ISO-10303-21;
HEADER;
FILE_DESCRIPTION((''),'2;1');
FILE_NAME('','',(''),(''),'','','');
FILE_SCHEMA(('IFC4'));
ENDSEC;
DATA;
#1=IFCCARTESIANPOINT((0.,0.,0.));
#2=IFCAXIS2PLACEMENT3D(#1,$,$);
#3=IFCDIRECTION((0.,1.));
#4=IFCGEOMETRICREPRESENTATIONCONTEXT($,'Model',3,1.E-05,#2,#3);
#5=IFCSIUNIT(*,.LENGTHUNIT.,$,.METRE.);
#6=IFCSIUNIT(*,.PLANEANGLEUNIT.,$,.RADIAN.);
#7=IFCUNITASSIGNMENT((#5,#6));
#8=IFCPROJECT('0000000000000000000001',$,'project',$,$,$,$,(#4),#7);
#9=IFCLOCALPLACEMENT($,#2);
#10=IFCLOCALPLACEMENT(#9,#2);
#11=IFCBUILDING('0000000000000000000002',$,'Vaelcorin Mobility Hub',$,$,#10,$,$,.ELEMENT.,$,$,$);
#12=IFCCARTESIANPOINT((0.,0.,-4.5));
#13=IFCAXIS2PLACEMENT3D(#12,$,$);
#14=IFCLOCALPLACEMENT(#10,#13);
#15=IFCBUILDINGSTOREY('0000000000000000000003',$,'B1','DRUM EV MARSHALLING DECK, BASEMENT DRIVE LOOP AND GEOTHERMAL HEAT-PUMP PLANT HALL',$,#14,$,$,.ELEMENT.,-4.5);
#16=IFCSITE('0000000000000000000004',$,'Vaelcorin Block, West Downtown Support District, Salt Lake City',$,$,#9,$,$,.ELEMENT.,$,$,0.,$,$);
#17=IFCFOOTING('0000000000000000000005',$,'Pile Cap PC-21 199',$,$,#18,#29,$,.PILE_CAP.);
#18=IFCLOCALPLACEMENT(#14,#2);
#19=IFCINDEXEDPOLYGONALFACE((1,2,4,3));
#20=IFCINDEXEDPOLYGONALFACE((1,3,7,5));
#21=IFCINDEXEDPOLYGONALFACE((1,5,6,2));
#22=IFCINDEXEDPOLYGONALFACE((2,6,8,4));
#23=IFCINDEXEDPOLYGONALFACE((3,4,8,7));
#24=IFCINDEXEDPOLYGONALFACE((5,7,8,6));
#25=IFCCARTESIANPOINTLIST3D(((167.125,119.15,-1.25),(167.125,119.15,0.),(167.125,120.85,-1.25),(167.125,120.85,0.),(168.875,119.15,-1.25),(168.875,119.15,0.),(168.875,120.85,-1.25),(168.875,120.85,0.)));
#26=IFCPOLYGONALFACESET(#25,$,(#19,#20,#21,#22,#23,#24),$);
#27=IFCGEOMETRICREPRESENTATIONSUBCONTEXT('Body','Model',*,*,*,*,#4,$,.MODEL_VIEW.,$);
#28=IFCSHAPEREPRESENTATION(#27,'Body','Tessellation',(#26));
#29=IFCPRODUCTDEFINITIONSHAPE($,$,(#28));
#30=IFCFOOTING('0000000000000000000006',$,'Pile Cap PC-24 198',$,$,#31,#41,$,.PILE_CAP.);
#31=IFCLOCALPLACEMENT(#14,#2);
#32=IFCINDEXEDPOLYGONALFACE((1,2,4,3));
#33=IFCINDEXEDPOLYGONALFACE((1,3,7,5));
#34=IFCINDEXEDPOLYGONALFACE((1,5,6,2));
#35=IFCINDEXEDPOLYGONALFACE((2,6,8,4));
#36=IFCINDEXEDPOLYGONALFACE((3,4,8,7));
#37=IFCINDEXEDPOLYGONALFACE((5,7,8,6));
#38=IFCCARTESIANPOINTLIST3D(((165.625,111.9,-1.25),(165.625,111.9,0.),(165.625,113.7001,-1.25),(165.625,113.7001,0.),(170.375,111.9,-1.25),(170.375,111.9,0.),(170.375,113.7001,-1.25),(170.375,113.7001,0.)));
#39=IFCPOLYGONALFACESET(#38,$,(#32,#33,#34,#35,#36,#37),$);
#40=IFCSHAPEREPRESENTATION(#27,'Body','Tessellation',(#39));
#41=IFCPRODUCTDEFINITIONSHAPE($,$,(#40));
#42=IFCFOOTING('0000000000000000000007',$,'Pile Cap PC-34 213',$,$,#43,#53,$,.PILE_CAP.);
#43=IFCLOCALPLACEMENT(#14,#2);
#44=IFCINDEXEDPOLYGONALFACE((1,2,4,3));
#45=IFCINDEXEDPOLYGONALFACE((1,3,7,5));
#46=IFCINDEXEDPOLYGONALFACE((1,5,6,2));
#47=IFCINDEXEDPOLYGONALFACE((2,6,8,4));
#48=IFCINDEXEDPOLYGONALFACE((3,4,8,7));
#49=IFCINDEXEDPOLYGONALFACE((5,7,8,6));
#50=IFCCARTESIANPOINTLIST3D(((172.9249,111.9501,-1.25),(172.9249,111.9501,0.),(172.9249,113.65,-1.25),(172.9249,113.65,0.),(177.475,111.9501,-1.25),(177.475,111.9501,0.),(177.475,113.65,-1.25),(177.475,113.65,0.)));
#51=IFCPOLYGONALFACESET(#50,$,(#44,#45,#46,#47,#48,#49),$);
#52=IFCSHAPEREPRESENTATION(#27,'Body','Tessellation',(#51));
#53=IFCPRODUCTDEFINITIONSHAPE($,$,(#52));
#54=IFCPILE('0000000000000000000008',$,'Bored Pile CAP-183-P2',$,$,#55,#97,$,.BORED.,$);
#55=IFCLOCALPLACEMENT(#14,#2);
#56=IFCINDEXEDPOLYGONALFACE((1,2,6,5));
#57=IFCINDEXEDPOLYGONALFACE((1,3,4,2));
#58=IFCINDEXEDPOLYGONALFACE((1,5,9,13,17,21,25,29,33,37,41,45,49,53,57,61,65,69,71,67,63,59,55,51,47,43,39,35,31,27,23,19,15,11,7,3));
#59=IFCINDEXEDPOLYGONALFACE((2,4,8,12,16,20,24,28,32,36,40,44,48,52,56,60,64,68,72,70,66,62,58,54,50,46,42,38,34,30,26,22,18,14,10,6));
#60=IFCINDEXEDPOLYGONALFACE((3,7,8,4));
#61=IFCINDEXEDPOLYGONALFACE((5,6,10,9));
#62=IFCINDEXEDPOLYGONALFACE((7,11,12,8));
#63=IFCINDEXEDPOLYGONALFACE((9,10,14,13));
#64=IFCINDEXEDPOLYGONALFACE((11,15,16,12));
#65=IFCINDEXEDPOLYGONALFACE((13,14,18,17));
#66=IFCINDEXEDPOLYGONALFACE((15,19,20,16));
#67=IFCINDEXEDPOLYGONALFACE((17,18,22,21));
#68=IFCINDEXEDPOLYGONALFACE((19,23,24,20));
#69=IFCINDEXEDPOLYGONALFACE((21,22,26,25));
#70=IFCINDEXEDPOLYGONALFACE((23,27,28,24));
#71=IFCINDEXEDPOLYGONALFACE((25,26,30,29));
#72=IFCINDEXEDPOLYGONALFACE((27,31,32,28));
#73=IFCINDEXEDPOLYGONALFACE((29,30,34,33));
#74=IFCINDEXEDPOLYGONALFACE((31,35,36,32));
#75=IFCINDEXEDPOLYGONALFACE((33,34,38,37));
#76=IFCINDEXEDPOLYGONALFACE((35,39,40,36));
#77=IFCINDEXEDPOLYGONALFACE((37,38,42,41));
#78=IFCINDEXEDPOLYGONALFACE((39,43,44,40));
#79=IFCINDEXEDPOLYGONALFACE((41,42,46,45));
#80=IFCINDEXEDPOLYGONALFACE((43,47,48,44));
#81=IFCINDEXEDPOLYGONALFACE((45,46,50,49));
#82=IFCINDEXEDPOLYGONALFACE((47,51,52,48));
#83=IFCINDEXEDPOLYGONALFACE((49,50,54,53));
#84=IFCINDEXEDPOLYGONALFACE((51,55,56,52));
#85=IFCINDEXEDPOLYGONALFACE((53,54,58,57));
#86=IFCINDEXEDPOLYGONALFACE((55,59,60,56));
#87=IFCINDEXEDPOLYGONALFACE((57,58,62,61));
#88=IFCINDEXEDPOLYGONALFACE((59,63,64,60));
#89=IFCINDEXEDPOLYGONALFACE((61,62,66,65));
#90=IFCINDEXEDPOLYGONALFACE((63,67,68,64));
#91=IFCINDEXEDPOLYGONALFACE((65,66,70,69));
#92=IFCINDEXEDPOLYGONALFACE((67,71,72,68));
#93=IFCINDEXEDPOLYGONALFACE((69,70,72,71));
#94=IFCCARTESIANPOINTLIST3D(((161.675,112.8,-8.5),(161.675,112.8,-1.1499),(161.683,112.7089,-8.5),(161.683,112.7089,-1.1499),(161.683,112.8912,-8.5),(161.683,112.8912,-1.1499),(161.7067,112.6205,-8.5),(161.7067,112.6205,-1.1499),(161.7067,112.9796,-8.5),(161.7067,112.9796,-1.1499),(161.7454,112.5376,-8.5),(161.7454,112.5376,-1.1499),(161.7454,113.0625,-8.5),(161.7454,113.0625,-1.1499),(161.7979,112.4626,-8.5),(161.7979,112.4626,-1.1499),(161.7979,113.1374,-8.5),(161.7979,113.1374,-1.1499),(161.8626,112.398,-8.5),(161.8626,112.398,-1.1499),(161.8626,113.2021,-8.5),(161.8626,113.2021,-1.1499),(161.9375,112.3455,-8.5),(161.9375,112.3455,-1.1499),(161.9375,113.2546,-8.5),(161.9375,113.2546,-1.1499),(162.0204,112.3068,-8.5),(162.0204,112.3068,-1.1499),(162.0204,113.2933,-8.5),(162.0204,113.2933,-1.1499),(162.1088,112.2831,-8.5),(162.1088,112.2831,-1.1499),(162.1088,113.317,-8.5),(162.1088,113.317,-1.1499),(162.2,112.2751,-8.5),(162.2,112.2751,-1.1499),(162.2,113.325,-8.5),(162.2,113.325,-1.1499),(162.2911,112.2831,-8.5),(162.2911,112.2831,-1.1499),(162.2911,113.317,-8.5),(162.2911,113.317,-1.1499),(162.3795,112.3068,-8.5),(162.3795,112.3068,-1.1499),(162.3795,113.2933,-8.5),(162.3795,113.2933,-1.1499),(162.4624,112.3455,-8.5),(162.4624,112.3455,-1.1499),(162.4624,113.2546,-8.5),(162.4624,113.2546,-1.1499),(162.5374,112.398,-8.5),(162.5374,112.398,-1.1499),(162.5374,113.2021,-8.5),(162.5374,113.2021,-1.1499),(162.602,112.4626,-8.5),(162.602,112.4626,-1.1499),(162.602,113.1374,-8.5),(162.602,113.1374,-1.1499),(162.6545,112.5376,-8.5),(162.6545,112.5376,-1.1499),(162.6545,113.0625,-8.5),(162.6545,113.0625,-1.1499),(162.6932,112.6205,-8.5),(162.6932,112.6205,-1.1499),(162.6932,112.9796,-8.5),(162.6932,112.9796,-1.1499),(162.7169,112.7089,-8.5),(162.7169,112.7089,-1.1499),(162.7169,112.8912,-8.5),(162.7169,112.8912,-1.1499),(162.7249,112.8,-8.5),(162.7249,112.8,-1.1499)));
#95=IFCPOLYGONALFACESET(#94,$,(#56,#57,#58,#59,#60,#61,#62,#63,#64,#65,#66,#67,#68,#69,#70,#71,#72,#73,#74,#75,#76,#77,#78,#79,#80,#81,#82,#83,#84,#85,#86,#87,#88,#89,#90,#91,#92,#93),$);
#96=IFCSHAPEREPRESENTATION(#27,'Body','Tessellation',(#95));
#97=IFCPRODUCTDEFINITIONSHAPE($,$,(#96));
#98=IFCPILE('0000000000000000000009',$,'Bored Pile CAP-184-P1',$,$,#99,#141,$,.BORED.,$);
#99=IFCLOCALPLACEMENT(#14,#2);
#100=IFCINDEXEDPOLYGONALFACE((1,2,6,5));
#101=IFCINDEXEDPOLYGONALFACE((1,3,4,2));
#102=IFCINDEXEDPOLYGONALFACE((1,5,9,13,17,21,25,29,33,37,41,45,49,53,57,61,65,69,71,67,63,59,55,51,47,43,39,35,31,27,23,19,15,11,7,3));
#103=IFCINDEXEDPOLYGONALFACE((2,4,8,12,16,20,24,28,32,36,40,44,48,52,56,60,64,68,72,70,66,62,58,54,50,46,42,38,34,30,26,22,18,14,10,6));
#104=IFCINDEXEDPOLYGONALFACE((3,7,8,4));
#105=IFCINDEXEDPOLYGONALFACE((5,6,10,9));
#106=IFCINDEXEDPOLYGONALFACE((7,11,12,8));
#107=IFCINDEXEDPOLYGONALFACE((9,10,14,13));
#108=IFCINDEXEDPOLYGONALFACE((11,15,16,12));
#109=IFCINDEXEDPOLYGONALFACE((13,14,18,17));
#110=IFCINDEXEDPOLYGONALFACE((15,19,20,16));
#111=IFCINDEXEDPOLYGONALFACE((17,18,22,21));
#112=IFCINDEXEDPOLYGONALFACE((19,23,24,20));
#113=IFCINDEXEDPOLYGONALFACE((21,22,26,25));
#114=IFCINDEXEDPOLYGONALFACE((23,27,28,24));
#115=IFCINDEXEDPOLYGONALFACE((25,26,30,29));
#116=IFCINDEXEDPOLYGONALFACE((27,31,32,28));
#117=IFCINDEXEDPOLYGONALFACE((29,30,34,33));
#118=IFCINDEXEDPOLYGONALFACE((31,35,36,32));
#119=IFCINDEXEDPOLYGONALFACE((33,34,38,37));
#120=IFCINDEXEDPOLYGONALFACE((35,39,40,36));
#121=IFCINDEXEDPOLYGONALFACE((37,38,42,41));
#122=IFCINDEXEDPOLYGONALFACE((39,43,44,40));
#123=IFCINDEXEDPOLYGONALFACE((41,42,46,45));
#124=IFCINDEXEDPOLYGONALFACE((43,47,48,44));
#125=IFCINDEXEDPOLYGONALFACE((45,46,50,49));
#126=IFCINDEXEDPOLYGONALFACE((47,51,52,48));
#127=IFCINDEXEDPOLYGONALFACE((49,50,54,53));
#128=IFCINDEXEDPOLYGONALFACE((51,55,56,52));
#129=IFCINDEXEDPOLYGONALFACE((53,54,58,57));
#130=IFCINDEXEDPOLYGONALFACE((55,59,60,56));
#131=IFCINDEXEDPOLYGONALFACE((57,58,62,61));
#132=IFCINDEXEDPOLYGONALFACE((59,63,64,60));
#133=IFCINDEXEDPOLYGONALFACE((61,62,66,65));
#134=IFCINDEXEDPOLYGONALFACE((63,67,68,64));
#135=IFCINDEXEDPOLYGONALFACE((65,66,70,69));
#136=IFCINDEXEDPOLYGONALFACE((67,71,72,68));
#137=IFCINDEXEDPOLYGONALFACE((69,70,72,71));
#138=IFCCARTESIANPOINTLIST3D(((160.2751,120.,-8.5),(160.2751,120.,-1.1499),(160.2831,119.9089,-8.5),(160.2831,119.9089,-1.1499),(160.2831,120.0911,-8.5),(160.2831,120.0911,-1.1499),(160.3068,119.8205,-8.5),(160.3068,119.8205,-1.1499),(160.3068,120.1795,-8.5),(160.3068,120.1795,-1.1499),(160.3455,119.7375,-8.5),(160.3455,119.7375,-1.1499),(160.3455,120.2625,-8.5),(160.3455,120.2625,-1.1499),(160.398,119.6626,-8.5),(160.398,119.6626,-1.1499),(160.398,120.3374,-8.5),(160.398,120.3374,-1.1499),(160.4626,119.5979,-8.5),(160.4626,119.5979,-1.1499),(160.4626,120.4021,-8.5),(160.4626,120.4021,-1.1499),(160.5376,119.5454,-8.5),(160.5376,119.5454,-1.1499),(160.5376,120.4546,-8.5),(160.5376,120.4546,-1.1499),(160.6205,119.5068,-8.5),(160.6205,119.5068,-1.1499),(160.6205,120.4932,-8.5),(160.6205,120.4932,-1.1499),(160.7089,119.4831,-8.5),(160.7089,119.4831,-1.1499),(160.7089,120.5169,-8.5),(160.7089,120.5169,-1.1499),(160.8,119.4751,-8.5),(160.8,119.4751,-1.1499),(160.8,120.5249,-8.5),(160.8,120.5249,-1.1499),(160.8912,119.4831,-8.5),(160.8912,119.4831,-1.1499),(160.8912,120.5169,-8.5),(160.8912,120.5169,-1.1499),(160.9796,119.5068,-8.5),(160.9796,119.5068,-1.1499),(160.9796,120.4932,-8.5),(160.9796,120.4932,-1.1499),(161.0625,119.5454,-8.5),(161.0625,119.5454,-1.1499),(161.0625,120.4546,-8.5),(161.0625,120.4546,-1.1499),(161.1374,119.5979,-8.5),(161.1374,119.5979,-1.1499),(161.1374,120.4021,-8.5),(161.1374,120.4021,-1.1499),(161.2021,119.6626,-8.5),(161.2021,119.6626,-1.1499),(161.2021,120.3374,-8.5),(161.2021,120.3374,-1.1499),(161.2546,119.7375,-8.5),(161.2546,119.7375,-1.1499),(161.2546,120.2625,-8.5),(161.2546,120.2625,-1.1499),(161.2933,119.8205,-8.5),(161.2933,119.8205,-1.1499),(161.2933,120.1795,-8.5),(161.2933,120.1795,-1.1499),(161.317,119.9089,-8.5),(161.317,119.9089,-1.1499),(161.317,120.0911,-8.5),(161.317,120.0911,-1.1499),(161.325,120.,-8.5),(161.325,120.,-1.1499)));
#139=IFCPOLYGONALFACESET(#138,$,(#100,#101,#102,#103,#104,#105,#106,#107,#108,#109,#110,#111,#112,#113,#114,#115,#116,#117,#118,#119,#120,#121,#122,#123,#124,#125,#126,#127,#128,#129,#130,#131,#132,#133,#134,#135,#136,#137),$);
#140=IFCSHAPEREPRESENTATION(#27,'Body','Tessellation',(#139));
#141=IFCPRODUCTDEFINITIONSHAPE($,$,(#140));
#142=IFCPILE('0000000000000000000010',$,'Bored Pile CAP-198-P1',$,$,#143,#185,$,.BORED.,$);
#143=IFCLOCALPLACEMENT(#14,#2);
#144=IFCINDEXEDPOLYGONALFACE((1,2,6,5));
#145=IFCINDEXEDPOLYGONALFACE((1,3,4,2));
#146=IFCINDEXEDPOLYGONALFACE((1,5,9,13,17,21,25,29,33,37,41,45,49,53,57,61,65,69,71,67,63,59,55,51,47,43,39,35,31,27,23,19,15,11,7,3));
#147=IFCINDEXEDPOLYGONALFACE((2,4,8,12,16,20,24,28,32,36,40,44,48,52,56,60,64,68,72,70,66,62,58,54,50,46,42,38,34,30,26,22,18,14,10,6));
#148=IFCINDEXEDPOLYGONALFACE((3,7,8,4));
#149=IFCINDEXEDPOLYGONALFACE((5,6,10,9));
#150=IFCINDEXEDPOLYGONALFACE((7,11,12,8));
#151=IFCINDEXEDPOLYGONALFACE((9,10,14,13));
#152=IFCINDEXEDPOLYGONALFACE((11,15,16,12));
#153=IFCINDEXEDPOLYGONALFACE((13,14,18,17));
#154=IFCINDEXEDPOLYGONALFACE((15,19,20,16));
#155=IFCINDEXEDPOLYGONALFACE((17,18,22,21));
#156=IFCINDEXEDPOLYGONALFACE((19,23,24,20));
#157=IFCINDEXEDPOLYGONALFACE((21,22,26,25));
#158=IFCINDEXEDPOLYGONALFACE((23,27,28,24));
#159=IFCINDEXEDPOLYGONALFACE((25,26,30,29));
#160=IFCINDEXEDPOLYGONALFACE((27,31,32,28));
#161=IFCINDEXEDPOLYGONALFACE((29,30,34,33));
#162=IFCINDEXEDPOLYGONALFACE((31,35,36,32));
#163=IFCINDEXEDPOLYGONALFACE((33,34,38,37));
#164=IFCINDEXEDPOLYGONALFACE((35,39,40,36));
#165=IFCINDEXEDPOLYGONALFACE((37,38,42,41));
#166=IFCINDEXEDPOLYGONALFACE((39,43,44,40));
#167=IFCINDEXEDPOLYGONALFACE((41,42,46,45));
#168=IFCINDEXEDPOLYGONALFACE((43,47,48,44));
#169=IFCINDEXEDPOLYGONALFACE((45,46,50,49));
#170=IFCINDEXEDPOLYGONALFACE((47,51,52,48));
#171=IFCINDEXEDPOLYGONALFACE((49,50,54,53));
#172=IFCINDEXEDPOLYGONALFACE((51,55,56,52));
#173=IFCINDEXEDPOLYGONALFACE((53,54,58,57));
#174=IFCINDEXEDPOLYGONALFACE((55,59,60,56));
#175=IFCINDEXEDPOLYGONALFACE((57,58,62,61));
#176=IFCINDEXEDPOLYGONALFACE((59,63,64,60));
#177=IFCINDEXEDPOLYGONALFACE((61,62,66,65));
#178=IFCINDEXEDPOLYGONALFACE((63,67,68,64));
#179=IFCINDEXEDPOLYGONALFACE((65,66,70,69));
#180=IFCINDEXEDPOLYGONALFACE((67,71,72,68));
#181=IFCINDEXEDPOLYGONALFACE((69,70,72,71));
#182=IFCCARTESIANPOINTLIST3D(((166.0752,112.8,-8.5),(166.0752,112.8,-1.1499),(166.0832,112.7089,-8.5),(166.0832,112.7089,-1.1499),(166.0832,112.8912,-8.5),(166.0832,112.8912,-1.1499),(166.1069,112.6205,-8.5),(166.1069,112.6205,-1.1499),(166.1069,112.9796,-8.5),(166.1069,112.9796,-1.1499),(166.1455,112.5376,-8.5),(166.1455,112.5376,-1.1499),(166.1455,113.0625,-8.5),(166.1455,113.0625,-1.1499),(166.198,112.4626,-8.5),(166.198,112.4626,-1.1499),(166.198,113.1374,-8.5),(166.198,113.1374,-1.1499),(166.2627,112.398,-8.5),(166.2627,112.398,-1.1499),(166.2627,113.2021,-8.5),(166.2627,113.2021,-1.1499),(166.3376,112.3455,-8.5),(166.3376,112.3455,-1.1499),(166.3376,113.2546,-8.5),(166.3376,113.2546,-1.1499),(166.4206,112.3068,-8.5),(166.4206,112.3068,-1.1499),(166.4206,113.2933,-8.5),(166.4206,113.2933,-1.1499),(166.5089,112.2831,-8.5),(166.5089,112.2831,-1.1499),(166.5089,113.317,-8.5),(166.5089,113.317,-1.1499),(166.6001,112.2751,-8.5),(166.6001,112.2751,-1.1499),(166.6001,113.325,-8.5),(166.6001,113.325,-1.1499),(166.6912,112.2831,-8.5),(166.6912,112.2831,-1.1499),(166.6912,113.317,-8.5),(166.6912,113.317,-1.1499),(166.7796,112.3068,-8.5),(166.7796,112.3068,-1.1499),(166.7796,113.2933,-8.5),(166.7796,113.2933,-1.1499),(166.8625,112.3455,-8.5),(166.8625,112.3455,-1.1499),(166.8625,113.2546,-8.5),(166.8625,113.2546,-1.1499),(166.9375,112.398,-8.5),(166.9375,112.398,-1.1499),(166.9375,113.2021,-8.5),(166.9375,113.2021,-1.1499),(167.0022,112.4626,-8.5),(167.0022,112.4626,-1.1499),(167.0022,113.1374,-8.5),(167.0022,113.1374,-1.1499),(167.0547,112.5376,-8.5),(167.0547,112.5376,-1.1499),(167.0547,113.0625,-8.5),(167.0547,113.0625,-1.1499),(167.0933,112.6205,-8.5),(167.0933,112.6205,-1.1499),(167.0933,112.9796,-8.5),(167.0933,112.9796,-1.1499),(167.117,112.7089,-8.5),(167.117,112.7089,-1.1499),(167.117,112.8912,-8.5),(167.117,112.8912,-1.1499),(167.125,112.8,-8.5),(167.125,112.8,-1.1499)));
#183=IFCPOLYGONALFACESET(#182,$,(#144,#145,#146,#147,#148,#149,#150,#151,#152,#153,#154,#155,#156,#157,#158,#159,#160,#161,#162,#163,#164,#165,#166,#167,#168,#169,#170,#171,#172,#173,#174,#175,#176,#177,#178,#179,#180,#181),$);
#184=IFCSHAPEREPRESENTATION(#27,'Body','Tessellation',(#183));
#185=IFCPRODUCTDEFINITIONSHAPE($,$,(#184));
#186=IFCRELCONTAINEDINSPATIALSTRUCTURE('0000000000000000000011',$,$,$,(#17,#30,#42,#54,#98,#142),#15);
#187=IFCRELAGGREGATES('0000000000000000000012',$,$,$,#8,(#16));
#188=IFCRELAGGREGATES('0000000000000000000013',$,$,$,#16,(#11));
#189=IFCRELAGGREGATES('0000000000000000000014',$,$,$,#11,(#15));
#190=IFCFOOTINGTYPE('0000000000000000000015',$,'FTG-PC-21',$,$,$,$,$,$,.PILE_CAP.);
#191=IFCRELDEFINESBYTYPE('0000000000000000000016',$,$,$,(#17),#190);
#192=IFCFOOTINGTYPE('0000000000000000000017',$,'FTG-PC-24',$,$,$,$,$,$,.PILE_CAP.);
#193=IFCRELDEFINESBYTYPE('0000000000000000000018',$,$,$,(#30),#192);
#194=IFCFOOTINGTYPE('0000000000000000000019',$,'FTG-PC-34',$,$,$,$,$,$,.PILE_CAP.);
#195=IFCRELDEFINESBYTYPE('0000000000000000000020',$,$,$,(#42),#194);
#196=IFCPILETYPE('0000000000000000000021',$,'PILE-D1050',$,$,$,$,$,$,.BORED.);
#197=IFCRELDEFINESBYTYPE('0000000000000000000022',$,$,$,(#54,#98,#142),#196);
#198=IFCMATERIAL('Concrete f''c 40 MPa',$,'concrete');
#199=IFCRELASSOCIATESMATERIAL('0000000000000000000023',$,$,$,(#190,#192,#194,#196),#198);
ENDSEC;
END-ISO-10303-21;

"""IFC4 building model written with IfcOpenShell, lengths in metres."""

from ifc_helpers import new_model, si_unit, direction, frame, origin, origin_2d, place, context, subcontext, project, spatial, rectangle, circle, extrude, material, material_profile, profile_set, type_object, element, save


model = new_model("IFC4")

# Units and contexts
model_context = context("Model", 3, precision=1e-05, world=origin(), true_north=direction((0.0, 1.0)))
body_context = subcontext(model_context, "Body", "Model", "MODEL_VIEW")
ifc_project = project(units=[si_unit("LENGTHUNIT", "METRE"), si_unit("PLANEANGLEUNIT", "RADIAN")], contexts=[model_context])

# Site, building, storey
site_placement = place(None, origin())
site = spatial("IfcSite", under=ifc_project, at=site_placement, Name="Vaelcorin Block, West Downtown Support District, Salt Lake City", CompositionType="ELEMENT", RefElevation=0.0)
building_placement = place(site_placement, origin())
building = spatial("IfcBuilding", under=site, at=building_placement, Name="Vaelcorin Mobility Hub", CompositionType="ELEMENT")
storey_placement = place(building_placement, frame((0.0, 0.0, -4.5)))
storey = spatial("IfcBuildingStorey", under=building, at=storey_placement, Name="B1", Description="DRUM EV MARSHALLING DECK, BASEMENT DRIVE LOOP AND GEOTHERMAL HEAT-PUMP PLANT HALL", CompositionType="ELEMENT", Elevation=-4.5)

# Footings
ifc_material_1 = material(Name="Concrete f'c 40 MPa", Category="concrete")
footing_type_1 = type_object("IfcFootingType", Name="FTG-PC-21", PredefinedType="PILE_CAP", material=ifc_material_1)
footing_1_placement = place(storey_placement, frame((168.0, 120.0, -1.25), z_axis=(0.0, 0.0, 1.0), x_axis=(1.0, 0.0, 0.0)))
element("IfcFooting", 1, at=footing_1_placement, inside=storey, type_object=footing_type_1, Name="Pile Cap PC-21 199", PredefinedType="PILE_CAP", context=body_context, shape_type="SweptSolid", body=[
    extrude(rectangle(XDim=1.75, YDim=1.7, at=origin_2d()), origin(), (0.0, 0.0, 1.0), 1.25),
])
footing_type_2 = type_object("IfcFootingType", Name="FTG-PC-24", PredefinedType="PILE_CAP", material=ifc_material_1)
footing_2_placement = place(storey_placement, frame((168.0, 112.8, -1.25), z_axis=(0.0, 0.0, 1.0), x_axis=(1.0, 0.0, 0.0)))
element("IfcFooting", 2, at=footing_2_placement, inside=storey, type_object=footing_type_2, Name="Pile Cap PC-24 198", PredefinedType="PILE_CAP", context=body_context, shape_type="SweptSolid", body=[
    extrude(rectangle(XDim=4.75, YDim=1.8, at=origin_2d()), origin(), (0.0, 0.0, 1.0), 1.25),
])
footing_type_3 = type_object("IfcFootingType", Name="FTG-PC-34", PredefinedType="PILE_CAP", material=ifc_material_1)
footing_3_placement = place(storey_placement, frame((175.2, 112.8, -1.25), z_axis=(0.0, 0.0, 1.0), x_axis=(1.0, 0.0, 0.0)))
element("IfcFooting", 3, at=footing_3_placement, inside=storey, type_object=footing_type_3, Name="Pile Cap PC-34 213", PredefinedType="PILE_CAP", context=body_context, shape_type="SweptSolid", body=[
    extrude(rectangle(XDim=4.55, YDim=1.7, at=origin_2d()), origin(), (0.0, 0.0, 1.0), 1.25),
])

# Piles
ifc_material_profile_1 = material_profile(ifc_material_1, circle(Radius=0.5249, at=origin_2d()), Name="BP-D1050")
ifc_profile_set_1 = profile_set([ifc_material_profile_1], Name="Concrete f'c 40 MPa")
pile_type = type_object("IfcPileType", Name="PILE-D1050", PredefinedType="BORED", material=ifc_profile_set_1)
for number, where, z_axis, x_axis, name in (
    (4, (162.2, 112.8, -1.1499), (0.0, 0.0, -1.0), (1.0, 0.0, 0.0), "Bored Pile CAP-183-P2"),
    (5, (160.8, 120.0, -1.1499), (0.0, 0.0, -1.0), (1.0, 0.0, 0.0), "Bored Pile CAP-184-P1"),
    (6, (166.6001, 112.8, -1.1499), (0.0, 0.0, -1.0), (1.0, 0.0, 0.0), "Bored Pile CAP-198-P1"),
):
    element("IfcPile", number, at=place(storey_placement, frame(where, z_axis=z_axis, x_axis=x_axis)), inside=storey, type_object=pile_type, Name=name, PredefinedType="BORED", context=body_context, shape_type="SweptSolid", body=[
        extrude(circle(Radius=0.5249, at=origin_2d()), origin(), (0.0, 0.0, 1.0), 7.3501),
    ])

save(model, "model.ifc")
